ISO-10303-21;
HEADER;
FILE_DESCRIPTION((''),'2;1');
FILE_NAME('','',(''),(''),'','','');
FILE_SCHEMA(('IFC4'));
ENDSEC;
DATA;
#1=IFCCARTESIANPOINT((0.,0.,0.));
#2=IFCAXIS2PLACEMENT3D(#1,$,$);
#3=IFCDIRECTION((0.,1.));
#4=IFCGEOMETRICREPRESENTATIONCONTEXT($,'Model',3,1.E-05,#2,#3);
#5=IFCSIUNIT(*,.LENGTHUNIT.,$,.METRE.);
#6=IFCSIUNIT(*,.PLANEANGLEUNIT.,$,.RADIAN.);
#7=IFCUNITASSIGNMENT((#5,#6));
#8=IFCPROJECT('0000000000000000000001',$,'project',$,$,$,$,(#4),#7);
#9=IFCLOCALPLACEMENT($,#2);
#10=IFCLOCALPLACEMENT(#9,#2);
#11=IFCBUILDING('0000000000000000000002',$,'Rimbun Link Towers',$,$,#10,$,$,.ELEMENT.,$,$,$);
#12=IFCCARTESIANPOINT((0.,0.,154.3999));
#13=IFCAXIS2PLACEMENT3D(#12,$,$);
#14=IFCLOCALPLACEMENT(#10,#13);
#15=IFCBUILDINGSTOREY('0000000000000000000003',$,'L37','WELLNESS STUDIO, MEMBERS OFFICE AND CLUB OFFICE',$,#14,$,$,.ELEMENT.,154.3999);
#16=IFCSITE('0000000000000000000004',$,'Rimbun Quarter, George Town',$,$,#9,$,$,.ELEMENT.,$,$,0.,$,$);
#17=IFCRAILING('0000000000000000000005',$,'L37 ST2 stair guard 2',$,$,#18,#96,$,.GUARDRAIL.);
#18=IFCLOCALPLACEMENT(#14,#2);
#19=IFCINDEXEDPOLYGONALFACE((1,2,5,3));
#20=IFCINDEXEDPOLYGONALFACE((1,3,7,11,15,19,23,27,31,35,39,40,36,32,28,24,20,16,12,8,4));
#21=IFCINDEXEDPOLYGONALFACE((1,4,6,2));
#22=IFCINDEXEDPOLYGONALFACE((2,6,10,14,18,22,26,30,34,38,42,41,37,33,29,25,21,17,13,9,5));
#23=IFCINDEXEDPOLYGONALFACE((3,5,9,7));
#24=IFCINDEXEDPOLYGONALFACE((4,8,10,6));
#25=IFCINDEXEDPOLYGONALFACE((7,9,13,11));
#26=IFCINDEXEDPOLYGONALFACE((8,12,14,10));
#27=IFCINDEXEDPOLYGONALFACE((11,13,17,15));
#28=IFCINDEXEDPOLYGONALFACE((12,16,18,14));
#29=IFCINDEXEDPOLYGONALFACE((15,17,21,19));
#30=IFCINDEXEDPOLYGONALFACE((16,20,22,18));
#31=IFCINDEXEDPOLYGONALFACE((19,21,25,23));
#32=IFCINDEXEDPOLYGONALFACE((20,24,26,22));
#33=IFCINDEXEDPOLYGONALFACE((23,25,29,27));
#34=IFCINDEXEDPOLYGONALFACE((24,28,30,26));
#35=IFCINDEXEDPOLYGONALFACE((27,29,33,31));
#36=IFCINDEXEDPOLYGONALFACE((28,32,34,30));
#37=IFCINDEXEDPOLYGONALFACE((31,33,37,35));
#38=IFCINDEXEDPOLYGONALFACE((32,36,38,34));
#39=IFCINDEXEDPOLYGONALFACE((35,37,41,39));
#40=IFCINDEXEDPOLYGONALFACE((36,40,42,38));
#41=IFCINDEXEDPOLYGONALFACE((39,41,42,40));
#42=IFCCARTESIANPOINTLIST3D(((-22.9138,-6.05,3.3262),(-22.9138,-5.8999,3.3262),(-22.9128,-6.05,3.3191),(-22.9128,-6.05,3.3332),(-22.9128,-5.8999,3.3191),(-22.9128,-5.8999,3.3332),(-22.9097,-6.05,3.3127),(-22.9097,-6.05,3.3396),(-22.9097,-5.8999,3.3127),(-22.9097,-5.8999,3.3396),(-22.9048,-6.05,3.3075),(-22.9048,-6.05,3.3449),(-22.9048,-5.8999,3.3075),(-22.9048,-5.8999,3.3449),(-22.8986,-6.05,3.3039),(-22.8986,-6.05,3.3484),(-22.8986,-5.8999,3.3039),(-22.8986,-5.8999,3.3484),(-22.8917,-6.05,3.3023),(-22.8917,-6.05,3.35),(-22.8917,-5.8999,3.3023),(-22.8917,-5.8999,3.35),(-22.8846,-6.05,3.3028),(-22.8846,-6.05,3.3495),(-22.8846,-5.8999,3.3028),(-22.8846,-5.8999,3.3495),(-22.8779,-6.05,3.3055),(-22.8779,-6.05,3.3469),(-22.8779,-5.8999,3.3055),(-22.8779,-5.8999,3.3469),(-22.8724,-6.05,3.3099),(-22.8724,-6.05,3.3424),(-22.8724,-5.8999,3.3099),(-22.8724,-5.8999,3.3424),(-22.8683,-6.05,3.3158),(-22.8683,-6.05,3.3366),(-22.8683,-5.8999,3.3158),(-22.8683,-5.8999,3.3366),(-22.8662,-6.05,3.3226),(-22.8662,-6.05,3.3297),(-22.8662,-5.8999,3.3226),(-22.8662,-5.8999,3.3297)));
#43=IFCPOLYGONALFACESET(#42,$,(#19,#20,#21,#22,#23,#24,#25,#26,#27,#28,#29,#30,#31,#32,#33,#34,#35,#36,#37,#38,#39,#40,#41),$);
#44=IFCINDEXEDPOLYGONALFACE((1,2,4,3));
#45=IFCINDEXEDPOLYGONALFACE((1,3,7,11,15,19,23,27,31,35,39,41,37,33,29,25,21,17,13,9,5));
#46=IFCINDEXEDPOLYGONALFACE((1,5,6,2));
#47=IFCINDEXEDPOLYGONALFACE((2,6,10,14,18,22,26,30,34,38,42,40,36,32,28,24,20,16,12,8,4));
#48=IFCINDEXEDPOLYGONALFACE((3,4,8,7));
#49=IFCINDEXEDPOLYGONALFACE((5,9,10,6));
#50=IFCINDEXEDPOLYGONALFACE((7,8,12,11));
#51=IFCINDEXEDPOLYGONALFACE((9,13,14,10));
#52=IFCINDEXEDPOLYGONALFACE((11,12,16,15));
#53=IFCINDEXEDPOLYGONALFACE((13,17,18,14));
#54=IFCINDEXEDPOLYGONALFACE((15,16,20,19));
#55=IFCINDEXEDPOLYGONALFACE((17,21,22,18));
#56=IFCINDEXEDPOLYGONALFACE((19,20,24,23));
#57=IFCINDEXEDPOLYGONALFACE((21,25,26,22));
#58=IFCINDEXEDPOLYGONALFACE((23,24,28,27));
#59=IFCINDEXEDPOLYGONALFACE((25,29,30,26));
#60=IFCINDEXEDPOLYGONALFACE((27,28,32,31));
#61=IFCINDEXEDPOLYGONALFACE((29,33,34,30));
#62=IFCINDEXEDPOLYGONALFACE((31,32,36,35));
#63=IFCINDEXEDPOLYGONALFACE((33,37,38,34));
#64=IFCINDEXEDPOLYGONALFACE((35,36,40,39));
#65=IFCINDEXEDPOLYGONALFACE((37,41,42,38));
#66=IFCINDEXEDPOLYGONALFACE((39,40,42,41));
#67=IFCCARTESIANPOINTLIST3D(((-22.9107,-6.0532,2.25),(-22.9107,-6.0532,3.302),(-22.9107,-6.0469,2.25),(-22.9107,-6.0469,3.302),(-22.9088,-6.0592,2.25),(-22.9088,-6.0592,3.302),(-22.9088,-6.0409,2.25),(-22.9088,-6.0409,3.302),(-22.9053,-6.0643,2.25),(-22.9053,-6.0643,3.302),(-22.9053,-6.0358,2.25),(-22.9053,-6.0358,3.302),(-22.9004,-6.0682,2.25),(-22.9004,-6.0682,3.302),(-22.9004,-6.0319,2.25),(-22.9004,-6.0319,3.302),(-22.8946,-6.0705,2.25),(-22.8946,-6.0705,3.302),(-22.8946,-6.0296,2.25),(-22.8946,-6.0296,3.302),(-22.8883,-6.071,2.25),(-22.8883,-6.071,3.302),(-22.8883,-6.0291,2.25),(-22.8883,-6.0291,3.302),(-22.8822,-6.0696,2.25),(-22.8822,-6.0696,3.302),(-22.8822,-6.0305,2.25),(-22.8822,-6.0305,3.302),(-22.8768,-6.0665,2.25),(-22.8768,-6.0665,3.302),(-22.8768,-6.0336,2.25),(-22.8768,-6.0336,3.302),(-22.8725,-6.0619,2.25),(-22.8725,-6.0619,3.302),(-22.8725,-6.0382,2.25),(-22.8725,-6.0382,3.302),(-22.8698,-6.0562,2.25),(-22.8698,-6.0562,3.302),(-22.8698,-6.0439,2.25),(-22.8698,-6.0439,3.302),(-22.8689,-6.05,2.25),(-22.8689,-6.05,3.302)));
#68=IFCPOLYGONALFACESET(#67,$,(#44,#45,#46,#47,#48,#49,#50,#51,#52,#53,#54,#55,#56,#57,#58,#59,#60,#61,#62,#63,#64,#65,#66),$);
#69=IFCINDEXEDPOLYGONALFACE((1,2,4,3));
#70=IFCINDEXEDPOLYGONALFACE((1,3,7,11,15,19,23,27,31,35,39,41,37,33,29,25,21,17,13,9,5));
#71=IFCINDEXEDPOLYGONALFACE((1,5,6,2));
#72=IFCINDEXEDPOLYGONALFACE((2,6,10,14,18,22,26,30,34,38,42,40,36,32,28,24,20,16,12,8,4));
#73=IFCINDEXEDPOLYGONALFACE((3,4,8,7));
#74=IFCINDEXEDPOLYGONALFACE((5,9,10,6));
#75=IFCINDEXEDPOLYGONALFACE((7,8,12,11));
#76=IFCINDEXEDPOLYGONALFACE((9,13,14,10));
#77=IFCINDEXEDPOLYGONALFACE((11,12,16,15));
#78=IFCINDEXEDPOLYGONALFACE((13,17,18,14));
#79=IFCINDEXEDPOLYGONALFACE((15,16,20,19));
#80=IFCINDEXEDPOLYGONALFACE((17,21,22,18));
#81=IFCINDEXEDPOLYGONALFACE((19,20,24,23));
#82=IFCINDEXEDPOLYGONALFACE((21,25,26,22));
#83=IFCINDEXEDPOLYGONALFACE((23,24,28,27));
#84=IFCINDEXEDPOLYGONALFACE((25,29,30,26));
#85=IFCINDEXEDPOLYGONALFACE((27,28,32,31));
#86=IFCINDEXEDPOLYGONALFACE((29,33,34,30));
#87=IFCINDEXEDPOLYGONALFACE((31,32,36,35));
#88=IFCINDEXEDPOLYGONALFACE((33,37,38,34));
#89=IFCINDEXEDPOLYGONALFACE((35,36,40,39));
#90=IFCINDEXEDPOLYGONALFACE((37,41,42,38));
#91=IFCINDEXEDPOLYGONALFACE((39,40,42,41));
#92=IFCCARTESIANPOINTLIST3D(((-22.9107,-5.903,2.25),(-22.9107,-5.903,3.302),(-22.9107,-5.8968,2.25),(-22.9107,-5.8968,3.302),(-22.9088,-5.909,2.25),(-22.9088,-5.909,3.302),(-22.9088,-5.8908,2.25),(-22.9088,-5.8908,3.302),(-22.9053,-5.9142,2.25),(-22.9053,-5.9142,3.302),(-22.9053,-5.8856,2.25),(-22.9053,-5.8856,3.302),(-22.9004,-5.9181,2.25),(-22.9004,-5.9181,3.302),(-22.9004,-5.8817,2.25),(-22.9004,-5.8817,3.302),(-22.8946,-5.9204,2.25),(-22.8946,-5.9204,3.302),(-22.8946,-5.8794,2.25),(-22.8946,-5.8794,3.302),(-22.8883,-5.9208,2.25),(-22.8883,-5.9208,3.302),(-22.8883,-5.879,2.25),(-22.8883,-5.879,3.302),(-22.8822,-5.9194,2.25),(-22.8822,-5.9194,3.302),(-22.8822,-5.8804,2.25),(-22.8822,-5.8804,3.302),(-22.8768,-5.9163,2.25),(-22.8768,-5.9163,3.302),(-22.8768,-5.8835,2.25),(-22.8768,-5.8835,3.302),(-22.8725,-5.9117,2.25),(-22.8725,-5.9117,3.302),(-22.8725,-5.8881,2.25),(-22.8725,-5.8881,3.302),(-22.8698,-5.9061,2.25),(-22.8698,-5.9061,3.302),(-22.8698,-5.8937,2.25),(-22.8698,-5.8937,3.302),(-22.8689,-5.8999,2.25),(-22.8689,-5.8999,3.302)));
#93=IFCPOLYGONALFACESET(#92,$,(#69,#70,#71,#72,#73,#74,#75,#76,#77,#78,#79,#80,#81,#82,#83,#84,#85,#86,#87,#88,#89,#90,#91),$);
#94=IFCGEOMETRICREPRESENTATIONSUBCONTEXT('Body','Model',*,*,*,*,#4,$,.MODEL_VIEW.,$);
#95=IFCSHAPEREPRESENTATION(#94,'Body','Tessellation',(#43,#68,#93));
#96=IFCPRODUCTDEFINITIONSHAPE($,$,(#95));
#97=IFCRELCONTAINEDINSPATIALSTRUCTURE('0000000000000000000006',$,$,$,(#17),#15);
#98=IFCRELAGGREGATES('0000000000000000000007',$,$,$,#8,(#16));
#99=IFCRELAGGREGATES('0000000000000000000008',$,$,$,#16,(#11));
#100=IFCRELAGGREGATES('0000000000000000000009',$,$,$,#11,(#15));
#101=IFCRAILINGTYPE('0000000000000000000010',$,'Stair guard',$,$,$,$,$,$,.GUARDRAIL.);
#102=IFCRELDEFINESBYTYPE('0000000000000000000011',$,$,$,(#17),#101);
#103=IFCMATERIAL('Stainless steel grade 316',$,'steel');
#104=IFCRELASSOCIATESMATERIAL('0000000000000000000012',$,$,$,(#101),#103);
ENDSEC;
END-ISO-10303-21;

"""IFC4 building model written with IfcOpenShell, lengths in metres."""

from ifc_helpers import new_model, si_unit, direction, frame, origin, origin_2d, place, context, subcontext, project, spatial, circle, extrude, material, type_object, element, save


model = new_model("IFC4")

# Units and contexts
model_context = context("Model", 3, precision=1e-05, world=origin(), true_north=direction((0.0, 1.0)))
body_context = subcontext(model_context, "Body", "Model", "MODEL_VIEW")
ifc_project = project(units=[si_unit("LENGTHUNIT", "METRE"), si_unit("PLANEANGLEUNIT", "RADIAN")], contexts=[model_context])

# Site, building, storey
site_placement = place(None, origin())
site = spatial("IfcSite", under=ifc_project, at=site_placement, Name="Rimbun Quarter, George Town", CompositionType="ELEMENT", RefElevation=0.0)
building_placement = place(site_placement, origin())
building = spatial("IfcBuilding", under=site, at=building_placement, Name="Rimbun Link Towers", CompositionType="ELEMENT")
storey_placement = place(building_placement, frame((0.0, 0.0, 154.3999)))
storey = spatial("IfcBuildingStorey", under=building, at=storey_placement, Name="L37", Description="WELLNESS STUDIO, MEMBERS OFFICE AND CLUB OFFICE", CompositionType="ELEMENT", Elevation=154.3999)

# Railing
ifc_material_1 = material(Name="Stainless steel grade 316", Category="steel")
railing_type_1 = type_object("IfcRailingType", Name="Stair guard", PredefinedType="GUARDRAIL", material=ifc_material_1)
railing_1_placement = place(storey_placement, frame((-22.8899, -6.05, 2.25)))
element("IfcRailing", 1, at=railing_1_placement, inside=storey, type_object=railing_type_1, Name="L37 ST2 stair guard 2", PredefinedType="GUARDRAIL", context=body_context, shape_type="SweptSolid", body=[
    extrude(circle(Radius=0.0239, at=origin_2d()), frame((0.0, 0.0, 1.0762), z_axis=(0.0, 1.0, 0.0), x_axis=(-1.0, 0.0, 0.0)), (0.0, 0.0, 1.0), 0.1501),
    extrude(circle(Radius=0.021, at=origin_2d()), origin(), (0.0, 0.0, 1.0), 1.052),
    extrude(circle(Radius=0.021, at=origin_2d()), frame((0.0, 0.1501, 0.0)), (0.0, 0.0, 1.0), 1.052),
])

save(model, "model.ifc")
